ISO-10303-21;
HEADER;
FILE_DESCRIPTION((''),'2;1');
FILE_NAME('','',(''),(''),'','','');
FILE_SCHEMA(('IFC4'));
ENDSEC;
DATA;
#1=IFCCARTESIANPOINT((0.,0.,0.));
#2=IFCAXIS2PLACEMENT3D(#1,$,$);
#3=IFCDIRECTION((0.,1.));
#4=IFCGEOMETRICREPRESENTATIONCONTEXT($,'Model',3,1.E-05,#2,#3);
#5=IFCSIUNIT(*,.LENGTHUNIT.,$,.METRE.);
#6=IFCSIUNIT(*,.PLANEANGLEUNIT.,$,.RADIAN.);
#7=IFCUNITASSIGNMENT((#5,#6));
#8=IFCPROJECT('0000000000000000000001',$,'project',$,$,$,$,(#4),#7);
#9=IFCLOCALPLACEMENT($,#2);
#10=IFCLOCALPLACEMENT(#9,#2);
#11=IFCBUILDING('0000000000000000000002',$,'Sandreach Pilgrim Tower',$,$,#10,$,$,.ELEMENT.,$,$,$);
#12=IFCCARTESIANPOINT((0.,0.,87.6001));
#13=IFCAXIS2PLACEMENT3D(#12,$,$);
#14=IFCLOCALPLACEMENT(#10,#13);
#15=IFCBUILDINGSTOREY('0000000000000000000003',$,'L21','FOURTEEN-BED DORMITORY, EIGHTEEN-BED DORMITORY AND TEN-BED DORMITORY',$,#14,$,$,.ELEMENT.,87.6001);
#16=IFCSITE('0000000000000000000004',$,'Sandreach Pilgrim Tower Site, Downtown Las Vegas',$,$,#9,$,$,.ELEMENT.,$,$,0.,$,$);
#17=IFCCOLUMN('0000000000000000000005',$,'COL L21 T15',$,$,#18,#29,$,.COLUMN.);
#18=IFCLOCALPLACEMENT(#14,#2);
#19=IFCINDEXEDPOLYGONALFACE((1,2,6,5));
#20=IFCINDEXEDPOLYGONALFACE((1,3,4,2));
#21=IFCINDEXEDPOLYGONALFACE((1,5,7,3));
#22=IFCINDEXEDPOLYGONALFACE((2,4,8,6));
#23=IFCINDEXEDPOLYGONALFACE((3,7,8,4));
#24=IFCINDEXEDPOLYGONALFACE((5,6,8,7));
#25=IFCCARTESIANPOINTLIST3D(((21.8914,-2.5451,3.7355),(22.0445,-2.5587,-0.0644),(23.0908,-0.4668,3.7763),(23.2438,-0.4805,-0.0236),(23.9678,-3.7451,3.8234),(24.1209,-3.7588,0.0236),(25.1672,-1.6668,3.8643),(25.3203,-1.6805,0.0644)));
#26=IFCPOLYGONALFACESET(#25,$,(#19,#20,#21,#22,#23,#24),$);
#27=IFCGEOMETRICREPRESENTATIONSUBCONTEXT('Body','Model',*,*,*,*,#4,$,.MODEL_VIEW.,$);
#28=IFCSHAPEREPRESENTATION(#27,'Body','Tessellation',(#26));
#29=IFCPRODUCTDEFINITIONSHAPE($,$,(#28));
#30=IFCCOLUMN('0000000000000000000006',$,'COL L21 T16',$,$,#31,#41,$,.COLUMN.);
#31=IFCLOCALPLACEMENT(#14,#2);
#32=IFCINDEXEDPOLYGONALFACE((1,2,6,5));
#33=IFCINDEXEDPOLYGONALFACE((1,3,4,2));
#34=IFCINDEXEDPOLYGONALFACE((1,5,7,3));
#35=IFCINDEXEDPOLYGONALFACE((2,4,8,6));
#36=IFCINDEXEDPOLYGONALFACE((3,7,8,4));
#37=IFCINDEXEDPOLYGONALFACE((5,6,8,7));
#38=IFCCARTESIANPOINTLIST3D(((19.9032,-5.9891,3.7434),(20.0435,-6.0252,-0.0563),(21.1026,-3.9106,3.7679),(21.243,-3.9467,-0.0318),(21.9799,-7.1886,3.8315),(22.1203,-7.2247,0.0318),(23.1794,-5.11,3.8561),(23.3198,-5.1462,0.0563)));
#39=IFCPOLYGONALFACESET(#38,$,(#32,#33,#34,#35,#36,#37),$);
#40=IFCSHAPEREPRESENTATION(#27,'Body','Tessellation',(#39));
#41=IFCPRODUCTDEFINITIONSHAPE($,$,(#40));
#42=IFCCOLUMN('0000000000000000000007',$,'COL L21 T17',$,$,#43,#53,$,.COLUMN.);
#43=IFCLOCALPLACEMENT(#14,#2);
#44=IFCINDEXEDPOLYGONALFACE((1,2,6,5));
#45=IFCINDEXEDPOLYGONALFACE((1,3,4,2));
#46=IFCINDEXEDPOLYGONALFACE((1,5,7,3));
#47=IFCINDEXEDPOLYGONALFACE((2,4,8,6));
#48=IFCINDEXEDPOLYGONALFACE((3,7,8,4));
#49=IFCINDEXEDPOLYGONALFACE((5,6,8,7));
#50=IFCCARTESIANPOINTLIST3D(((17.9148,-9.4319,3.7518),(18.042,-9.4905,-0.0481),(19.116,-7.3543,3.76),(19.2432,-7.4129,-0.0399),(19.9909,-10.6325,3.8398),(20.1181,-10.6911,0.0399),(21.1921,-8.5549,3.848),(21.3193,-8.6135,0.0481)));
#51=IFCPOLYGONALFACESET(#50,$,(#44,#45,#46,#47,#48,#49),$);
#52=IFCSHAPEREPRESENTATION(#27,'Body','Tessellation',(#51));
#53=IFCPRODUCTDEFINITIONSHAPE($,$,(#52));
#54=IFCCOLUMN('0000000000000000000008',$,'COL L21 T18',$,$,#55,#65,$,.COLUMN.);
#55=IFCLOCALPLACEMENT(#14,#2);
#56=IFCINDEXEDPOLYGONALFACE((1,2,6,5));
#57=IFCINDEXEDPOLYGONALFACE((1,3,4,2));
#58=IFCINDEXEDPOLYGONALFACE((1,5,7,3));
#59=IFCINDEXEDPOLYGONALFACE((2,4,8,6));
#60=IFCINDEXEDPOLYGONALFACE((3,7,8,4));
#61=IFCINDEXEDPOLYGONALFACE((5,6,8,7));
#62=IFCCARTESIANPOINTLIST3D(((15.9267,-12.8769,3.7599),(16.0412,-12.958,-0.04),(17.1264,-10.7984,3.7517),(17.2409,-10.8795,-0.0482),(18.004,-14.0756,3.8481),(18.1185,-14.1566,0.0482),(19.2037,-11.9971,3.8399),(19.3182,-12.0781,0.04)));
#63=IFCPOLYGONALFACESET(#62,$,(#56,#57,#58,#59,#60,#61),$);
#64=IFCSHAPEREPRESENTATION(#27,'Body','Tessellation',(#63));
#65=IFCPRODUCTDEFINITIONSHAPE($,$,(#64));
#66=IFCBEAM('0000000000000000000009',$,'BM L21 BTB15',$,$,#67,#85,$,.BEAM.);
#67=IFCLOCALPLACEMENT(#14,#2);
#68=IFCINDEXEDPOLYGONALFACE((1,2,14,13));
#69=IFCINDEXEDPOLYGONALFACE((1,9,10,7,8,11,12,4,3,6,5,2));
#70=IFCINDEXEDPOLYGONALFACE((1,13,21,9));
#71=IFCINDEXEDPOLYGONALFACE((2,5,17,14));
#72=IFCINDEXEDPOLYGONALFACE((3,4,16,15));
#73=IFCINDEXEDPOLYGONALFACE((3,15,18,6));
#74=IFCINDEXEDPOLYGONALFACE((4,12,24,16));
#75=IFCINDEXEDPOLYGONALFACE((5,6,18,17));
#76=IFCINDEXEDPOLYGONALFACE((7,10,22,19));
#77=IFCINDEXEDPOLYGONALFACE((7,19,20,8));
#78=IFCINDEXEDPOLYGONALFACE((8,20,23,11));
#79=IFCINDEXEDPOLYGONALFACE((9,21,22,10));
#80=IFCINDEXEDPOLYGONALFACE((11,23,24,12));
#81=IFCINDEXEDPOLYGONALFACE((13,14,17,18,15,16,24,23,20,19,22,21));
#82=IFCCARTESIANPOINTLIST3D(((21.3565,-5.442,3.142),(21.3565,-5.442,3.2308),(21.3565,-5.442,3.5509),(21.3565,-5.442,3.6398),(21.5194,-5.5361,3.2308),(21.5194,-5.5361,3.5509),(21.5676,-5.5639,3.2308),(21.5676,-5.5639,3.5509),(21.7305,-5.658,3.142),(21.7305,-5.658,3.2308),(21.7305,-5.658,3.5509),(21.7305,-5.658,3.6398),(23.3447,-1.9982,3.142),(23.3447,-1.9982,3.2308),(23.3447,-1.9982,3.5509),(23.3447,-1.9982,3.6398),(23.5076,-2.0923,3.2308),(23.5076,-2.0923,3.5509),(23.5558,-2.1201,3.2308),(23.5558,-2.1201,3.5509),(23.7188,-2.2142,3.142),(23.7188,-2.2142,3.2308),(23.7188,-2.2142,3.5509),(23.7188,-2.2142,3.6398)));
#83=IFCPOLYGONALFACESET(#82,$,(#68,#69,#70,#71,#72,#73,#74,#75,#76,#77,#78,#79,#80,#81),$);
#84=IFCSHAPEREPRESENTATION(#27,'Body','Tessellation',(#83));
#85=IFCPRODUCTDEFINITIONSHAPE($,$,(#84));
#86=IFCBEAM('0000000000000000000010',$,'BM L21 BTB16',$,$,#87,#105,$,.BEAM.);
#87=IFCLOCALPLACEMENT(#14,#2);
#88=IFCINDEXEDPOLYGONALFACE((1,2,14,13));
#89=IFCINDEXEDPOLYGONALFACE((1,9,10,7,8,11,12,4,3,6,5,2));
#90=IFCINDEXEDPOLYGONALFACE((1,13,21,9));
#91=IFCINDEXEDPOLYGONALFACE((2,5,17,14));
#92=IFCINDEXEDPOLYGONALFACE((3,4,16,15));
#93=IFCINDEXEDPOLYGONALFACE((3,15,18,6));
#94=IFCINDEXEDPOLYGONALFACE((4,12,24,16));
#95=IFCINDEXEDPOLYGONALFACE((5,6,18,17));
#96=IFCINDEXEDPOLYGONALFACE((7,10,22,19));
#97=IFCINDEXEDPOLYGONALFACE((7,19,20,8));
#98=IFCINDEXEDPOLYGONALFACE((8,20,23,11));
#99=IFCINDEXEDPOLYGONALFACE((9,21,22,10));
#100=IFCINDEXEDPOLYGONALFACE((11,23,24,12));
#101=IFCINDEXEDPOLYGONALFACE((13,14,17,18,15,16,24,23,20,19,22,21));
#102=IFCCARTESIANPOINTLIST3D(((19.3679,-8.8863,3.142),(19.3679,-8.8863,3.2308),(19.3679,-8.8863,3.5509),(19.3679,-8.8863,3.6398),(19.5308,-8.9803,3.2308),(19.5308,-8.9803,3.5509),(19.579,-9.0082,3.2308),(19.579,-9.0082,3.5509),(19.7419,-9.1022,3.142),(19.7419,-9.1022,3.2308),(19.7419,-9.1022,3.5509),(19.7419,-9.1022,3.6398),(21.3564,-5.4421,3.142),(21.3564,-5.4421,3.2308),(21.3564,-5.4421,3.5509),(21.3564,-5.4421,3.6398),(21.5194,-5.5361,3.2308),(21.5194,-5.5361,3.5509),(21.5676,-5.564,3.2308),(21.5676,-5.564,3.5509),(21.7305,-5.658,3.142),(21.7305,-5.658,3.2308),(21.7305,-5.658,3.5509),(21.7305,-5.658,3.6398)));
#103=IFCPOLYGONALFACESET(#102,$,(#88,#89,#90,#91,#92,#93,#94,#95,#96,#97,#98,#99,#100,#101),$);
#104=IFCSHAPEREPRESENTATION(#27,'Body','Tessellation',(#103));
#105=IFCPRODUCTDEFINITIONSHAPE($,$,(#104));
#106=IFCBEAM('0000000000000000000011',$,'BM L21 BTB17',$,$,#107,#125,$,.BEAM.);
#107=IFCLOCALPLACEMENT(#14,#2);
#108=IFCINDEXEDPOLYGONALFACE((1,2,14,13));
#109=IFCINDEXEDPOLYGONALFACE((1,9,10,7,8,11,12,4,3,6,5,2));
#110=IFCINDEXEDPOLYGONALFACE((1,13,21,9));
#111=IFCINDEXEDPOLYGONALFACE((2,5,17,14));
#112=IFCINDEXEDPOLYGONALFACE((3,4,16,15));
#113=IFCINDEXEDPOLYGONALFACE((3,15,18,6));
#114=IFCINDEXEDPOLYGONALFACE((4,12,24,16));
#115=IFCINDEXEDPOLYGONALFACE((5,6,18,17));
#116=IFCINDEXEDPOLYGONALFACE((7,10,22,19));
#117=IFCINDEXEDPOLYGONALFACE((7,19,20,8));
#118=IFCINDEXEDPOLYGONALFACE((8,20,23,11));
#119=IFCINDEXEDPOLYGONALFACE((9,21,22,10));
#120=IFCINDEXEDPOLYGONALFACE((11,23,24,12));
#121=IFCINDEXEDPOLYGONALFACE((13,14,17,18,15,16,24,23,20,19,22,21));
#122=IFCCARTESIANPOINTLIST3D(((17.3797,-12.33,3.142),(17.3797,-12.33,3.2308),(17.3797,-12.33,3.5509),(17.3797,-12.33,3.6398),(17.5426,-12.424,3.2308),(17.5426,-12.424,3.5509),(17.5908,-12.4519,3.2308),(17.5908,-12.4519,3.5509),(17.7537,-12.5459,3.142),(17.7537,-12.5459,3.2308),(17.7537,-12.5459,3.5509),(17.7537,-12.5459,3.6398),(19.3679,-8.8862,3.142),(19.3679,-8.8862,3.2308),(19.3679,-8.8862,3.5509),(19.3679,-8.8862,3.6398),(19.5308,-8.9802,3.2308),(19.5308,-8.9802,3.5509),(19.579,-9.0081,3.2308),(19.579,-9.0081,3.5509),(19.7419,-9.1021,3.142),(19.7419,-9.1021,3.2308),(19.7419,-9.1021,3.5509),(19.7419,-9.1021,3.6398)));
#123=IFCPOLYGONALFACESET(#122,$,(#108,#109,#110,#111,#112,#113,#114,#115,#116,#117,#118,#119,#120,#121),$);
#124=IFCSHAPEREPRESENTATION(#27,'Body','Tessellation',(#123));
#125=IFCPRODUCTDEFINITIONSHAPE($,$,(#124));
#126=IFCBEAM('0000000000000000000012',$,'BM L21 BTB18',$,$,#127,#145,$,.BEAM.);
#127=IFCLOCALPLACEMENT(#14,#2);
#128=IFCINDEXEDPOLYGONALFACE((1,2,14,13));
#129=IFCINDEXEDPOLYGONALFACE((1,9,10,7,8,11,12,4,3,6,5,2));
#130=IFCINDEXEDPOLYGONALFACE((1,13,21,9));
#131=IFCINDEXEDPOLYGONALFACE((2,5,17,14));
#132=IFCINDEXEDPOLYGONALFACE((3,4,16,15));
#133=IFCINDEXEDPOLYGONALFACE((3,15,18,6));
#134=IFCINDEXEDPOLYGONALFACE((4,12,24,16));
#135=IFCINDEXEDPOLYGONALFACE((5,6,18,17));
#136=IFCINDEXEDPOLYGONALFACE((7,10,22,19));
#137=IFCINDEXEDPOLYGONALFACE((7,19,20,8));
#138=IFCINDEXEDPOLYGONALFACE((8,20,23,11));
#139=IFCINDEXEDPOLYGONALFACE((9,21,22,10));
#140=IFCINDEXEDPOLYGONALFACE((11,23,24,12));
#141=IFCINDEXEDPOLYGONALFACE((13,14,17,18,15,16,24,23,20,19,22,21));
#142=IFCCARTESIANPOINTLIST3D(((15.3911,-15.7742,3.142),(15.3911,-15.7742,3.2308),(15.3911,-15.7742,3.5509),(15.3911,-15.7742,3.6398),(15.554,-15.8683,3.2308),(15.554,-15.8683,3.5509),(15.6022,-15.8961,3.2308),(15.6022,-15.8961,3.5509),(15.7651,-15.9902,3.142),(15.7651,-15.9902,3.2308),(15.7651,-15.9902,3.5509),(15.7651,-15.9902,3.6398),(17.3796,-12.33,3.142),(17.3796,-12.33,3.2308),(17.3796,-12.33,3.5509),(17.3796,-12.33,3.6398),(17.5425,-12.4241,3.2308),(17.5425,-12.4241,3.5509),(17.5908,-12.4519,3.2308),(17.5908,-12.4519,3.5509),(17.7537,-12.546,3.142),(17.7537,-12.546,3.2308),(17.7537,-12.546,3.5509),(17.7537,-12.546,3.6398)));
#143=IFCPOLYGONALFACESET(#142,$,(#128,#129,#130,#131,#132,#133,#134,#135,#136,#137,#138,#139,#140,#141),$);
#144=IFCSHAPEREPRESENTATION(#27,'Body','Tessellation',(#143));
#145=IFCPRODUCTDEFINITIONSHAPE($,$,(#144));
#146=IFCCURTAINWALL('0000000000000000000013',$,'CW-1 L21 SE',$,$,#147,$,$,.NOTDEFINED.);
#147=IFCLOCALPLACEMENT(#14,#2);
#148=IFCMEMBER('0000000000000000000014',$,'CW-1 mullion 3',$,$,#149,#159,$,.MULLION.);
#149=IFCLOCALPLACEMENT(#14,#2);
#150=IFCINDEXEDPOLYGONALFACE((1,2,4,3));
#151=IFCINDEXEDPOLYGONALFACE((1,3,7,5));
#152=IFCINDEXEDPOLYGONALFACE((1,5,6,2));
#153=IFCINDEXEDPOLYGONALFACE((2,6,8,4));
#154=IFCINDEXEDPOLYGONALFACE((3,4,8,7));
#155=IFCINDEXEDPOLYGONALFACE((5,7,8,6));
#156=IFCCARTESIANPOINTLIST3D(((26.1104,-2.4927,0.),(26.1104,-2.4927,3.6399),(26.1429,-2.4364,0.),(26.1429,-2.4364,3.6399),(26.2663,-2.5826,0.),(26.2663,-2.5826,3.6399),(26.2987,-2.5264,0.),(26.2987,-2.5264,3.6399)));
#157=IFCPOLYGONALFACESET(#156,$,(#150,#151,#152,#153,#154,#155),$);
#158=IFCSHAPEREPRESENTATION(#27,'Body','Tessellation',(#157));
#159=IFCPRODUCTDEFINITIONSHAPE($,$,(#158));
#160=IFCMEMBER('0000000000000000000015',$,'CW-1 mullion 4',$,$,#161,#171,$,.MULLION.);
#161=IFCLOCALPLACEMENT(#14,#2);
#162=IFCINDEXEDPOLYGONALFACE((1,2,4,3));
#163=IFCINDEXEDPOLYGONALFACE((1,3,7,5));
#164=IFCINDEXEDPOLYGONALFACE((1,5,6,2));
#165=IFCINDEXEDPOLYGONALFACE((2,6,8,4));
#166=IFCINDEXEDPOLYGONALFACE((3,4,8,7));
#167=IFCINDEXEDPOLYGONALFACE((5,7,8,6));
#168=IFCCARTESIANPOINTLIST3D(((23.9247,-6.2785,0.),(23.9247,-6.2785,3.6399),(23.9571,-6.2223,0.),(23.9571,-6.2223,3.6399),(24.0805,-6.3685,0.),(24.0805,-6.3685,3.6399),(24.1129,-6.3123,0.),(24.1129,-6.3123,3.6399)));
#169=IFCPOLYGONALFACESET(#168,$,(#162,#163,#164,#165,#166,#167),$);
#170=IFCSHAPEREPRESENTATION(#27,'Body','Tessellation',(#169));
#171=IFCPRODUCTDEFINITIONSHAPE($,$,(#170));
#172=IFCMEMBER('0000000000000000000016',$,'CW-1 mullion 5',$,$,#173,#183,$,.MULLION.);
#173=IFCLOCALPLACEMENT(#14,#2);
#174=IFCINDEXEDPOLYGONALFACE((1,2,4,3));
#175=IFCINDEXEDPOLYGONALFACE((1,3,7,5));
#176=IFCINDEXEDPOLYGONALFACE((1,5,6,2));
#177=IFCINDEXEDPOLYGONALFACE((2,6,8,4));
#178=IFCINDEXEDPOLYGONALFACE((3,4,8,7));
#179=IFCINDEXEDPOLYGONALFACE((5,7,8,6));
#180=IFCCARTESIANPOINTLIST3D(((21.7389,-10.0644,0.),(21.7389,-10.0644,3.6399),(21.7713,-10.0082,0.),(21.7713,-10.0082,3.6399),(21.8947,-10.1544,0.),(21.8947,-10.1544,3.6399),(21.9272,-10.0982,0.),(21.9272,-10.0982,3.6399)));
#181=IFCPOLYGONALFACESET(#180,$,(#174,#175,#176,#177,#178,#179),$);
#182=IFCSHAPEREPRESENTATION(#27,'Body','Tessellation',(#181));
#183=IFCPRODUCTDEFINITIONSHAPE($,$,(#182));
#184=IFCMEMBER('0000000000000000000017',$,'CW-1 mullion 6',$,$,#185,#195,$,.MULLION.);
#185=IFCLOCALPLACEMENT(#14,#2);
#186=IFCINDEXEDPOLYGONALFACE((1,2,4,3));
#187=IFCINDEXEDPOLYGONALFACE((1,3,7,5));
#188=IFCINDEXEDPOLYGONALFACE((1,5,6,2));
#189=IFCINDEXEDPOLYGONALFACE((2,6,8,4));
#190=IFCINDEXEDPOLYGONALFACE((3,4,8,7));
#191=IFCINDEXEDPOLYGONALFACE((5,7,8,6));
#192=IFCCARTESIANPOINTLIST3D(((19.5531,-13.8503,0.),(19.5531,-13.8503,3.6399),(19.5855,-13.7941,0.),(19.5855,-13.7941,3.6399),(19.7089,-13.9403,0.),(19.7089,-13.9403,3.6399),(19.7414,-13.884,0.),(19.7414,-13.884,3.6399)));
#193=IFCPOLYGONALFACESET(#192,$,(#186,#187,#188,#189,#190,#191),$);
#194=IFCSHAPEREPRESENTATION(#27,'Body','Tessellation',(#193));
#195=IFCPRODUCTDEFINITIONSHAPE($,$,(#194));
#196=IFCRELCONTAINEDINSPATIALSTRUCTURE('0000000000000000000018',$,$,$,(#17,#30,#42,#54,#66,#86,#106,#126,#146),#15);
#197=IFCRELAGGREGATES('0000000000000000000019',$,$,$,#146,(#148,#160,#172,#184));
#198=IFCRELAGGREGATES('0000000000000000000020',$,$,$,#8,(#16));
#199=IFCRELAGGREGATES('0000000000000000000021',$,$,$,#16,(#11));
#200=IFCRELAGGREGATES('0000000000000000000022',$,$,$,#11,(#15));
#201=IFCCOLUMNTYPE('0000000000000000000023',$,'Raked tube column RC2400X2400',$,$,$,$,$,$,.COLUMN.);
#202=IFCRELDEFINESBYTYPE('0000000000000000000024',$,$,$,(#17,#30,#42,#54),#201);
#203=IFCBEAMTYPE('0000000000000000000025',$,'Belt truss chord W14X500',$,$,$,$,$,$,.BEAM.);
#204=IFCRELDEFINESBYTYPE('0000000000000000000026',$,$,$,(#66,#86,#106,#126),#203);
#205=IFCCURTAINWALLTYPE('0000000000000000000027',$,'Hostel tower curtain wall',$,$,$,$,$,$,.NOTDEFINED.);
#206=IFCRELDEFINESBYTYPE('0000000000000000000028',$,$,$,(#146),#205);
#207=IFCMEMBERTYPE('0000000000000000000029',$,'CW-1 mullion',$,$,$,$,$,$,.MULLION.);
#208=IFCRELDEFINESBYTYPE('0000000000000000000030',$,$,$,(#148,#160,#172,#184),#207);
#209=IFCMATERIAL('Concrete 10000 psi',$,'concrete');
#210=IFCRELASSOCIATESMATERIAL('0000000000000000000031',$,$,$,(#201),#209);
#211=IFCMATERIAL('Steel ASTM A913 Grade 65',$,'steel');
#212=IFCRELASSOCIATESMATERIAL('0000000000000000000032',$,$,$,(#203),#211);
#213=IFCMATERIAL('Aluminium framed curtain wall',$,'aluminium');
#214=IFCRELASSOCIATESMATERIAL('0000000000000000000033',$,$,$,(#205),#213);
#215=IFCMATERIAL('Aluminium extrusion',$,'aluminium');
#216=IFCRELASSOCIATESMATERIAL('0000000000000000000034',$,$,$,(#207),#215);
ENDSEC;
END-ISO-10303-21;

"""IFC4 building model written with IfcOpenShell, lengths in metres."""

from ifc_helpers import new_model, si_unit, direction, frame, origin, origin_2d, place, context, subcontext, project, spatial, rectangle, i_section, extrude, material, material_profile, profile_set, type_object, element, aggregate, save


model = new_model("IFC4")

# Units and contexts
model_context = context("Model", 3, precision=1e-05, world=origin(), true_north=direction((0.0, 1.0)))
body_context = subcontext(model_context, "Body", "Model", "MODEL_VIEW")
ifc_project = project(units=[si_unit("LENGTHUNIT", "METRE"), si_unit("PLANEANGLEUNIT", "RADIAN")], contexts=[model_context])

# Site, building, storey
site_placement = place(None, origin())
site = spatial("IfcSite", under=ifc_project, at=site_placement, Name="Sandreach Pilgrim Tower Site, Downtown Las Vegas", CompositionType="ELEMENT", RefElevation=0.0)
building_placement = place(site_placement, origin())
building = spatial("IfcBuilding", under=site, at=building_placement, Name="Sandreach Pilgrim Tower", CompositionType="ELEMENT")
storey_placement = place(building_placement, frame((0.0, 0.0, 87.6001)))
storey = spatial("IfcBuildingStorey", under=building, at=storey_placement, Name="L21", Description="FOURTEEN-BED DORMITORY, EIGHTEEN-BED DORMITORY AND TEN-BED DORMITORY", CompositionType="ELEMENT", Elevation=87.6001)

# Columns
ifc_material_1 = material(Name="Concrete 10000 psi", Category="concrete")
ifc_material_profile_1 = material_profile(ifc_material_1, rectangle(XDim=2.3999, YDim=2.3999, at=origin_2d()), Name="RC2400X2400")
ifc_profile_set_1 = profile_set([ifc_material_profile_1], Name="Concrete 10000 psi")
column_type = type_object("IfcColumnType", Name="Raked tube column RC2400X2400", PredefinedType="COLUMN", material=ifc_profile_set_1)
column_placement = place(storey_placement, frame((23.6824, -2.1196, 0.0), z_axis=(-0.040252, 0.003595, 0.999183), x_axis=(0.865224, -0.500044, 0.036655)))
element("IfcColumn", 1, at=column_placement, inside=storey, type_object=column_type, Name="COL L21 T15", PredefinedType="COLUMN", context=body_context, shape_type="SweptSolid", body=[
    extrude(rectangle(XDim=2.3999, YDim=2.3999, at=origin_2d()), origin(), (0.0, 0.0, 1.0), 3.803),
])
for number, where, z_axis, x_axis, name in (
    (2, (21.6816, -5.5857, 0.0), (-0.036917, 0.009502, 0.999273), (0.865363, -0.499798, 0.036723), "COL L21 T16"),
    (3, (19.6807, -9.052, 0.0), (-0.033452, 0.01541, 0.999322), (0.865086, -0.500282, 0.036673), "COL L21 T17"),
    (4, (17.6797, -12.5181, 0.0), (-0.030113, 0.021317, 0.999319), (0.865558, -0.49946, 0.036737), "COL L21 T18"),
):
    element("IfcColumn", number, at=place(storey_placement, frame(where, z_axis=z_axis, x_axis=x_axis)), inside=storey, type_object=column_type, Name=name, PredefinedType="COLUMN", context=body_context, shape_type="SweptSolid", body=[
        extrude(rectangle(XDim=2.3999, YDim=2.3999, at=origin_2d()), origin(), (0.0, 0.0, 1.0), 3.8025),
    ])

# Beams
ifc_material_2 = material(Name="Steel ASTM A913 Grade 65", Category="steel")
ifc_material_profile_2 = material_profile(ifc_material_2, i_section(OverallWidth=0.4319, OverallDepth=0.4978, WebThickness=0.0557, FlangeThickness=0.0889, at=origin_2d()), Name="W14X500")
ifc_profile_set_2 = profile_set([ifc_material_profile_2], Name="Steel ASTM A913 Grade 65")
beam_type_1 = type_object("IfcBeamType", Name="Belt truss chord W14X500", PredefinedType="BEAM", material=ifc_profile_set_2)
beam_1_placement = place(storey_placement, frame((23.5317, -2.1062, 3.3909), z_axis=(-0.499995, -0.866028, 0.0), x_axis=(0.866028, -0.499995, 0.0)))
element("IfcBeam", 5, at=beam_1_placement, inside=storey, type_object=beam_type_1, Name="BM L21 BTB15", PredefinedType="BEAM", context=body_context, shape_type="SweptSolid", body=[
    extrude(i_section(OverallWidth=0.4319, OverallDepth=0.4978, WebThickness=0.0557, FlangeThickness=0.0889, at=origin_2d()), origin(), (0.0, 0.0, 1.0), 3.9766),
])
beam_2_placement = place(storey_placement, frame((21.5435, -5.55, 3.3909), z_axis=(-0.500015, -0.866017, 0.0), x_axis=(0.866017, -0.500015, 0.0)))
element("IfcBeam", 6, at=beam_2_placement, inside=storey, type_object=beam_type_1, Name="BM L21 BTB16", PredefinedType="BEAM", context=body_context, shape_type="SweptSolid", body=[
    extrude(i_section(OverallWidth=0.4319, OverallDepth=0.4978, WebThickness=0.0557, FlangeThickness=0.0889, at=origin_2d()), origin(), (0.0, 0.0, 1.0), 3.9771),
])
beam_3_placement = place(storey_placement, frame((19.5549, -8.9941, 3.3909), z_axis=(-0.499995, -0.866028, 0.0), x_axis=(0.866028, -0.499995, 0.0)))
element("IfcBeam", 7, at=beam_3_placement, inside=storey, type_object=beam_type_1, Name="BM L21 BTB17", PredefinedType="BEAM", context=body_context, shape_type="SweptSolid", body=[
    extrude(i_section(OverallWidth=0.4319, OverallDepth=0.4978, WebThickness=0.0557, FlangeThickness=0.0889, at=origin_2d()), origin(), (0.0, 0.0, 1.0), 3.9766),
])
beam_4_placement = place(storey_placement, frame((17.5667, -12.438, 3.3909), z_axis=(-0.500015, -0.866017, 0.0), x_axis=(0.866017, -0.500015, 0.0)))
element("IfcBeam", 8, at=beam_4_placement, inside=storey, type_object=beam_type_1, Name="BM L21 BTB18", PredefinedType="BEAM", context=body_context, shape_type="SweptSolid", body=[
    extrude(i_section(OverallWidth=0.4319, OverallDepth=0.4978, WebThickness=0.0557, FlangeThickness=0.0889, at=origin_2d()), origin(), (0.0, 0.0, 1.0), 3.9771),
])

# Curtain wall, members
ifc_material_3 = material(Name="Aluminium framed curtain wall", Category="aluminium")
curtain_wall_type = type_object("IfcCurtainWallType", Name="Hostel tower curtain wall", PredefinedType="NOTDEFINED", material=ifc_material_3)
curtain_wall_placement = place(storey_placement, origin())
curtain_wall = element("IfcCurtainWall", 9, at=curtain_wall_placement, inside=storey, type_object=curtain_wall_type, Name="CW-1 L21 SE", PredefinedType="NOTDEFINED")
ifc_material_4 = material(Name="Aluminium extrusion", Category="aluminium")
ifc_material_profile_3 = material_profile(ifc_material_4, rectangle(XDim=0.0649, YDim=0.1799, at=origin_2d()), Name="CW-1M 65X180")
ifc_profile_set_3 = profile_set([ifc_material_profile_3], Name="Aluminium extrusion")
member_type_1 = type_object("IfcMemberType", Name="CW-1 mullion", PredefinedType="MULLION", material=ifc_profile_set_3)
member_1_placement = place(storey_placement, frame((26.2046, -2.5095, 0.0), z_axis=(0.0, 0.0, 1.0), x_axis=(-0.5, -0.866025, 0.0)))
member_1 = element("IfcMember", 10, at=member_1_placement, type_object=member_type_1, Name="CW-1 mullion 3", PredefinedType="MULLION", context=body_context, shape_type="SweptSolid", body=[
    extrude(rectangle(XDim=0.0649, YDim=0.1799, at=origin_2d()), origin(), (0.0, 0.0, 1.0), 3.6399),
])
member_2_placement = place(storey_placement, frame((24.0188, -6.2954, 0.0), z_axis=(0.0, 0.0, 1.0), x_axis=(-0.5, -0.866025, 0.0)))
member_2 = element("IfcMember", 11, at=member_2_placement, type_object=member_type_1, Name="CW-1 mullion 4", PredefinedType="MULLION", context=body_context, shape_type="SweptSolid", body=[
    extrude(rectangle(XDim=0.0649, YDim=0.1799, at=origin_2d()), origin(), (0.0, 0.0, 1.0), 3.6399),
])
member_3_placement = place(storey_placement, frame((21.833, -10.0813, 0.0), z_axis=(0.0, 0.0, 1.0), x_axis=(-0.5, -0.866025, 0.0)))
member_3 = element("IfcMember", 12, at=member_3_placement, type_object=member_type_1, Name="CW-1 mullion 5", PredefinedType="MULLION", context=body_context, shape_type="SweptSolid", body=[
    extrude(rectangle(XDim=0.0649, YDim=0.1799, at=origin_2d()), origin(), (0.0, 0.0, 1.0), 3.6399),
])
member_4_placement = place(storey_placement, frame((19.6472, -13.8672, 0.0), z_axis=(0.0, 0.0, 1.0), x_axis=(-0.5, -0.866025, 0.0)))
member_4 = element("IfcMember", 13, at=member_4_placement, type_object=member_type_1, Name="CW-1 mullion 6", PredefinedType="MULLION", context=body_context, shape_type="SweptSolid", body=[
    extrude(rectangle(XDim=0.0649, YDim=0.1799, at=origin_2d()), origin(), (0.0, 0.0, 1.0), 3.6399),
])

aggregate(curtain_wall, [member_1, member_2, member_3, member_4])

save(model, "model.ifc")
